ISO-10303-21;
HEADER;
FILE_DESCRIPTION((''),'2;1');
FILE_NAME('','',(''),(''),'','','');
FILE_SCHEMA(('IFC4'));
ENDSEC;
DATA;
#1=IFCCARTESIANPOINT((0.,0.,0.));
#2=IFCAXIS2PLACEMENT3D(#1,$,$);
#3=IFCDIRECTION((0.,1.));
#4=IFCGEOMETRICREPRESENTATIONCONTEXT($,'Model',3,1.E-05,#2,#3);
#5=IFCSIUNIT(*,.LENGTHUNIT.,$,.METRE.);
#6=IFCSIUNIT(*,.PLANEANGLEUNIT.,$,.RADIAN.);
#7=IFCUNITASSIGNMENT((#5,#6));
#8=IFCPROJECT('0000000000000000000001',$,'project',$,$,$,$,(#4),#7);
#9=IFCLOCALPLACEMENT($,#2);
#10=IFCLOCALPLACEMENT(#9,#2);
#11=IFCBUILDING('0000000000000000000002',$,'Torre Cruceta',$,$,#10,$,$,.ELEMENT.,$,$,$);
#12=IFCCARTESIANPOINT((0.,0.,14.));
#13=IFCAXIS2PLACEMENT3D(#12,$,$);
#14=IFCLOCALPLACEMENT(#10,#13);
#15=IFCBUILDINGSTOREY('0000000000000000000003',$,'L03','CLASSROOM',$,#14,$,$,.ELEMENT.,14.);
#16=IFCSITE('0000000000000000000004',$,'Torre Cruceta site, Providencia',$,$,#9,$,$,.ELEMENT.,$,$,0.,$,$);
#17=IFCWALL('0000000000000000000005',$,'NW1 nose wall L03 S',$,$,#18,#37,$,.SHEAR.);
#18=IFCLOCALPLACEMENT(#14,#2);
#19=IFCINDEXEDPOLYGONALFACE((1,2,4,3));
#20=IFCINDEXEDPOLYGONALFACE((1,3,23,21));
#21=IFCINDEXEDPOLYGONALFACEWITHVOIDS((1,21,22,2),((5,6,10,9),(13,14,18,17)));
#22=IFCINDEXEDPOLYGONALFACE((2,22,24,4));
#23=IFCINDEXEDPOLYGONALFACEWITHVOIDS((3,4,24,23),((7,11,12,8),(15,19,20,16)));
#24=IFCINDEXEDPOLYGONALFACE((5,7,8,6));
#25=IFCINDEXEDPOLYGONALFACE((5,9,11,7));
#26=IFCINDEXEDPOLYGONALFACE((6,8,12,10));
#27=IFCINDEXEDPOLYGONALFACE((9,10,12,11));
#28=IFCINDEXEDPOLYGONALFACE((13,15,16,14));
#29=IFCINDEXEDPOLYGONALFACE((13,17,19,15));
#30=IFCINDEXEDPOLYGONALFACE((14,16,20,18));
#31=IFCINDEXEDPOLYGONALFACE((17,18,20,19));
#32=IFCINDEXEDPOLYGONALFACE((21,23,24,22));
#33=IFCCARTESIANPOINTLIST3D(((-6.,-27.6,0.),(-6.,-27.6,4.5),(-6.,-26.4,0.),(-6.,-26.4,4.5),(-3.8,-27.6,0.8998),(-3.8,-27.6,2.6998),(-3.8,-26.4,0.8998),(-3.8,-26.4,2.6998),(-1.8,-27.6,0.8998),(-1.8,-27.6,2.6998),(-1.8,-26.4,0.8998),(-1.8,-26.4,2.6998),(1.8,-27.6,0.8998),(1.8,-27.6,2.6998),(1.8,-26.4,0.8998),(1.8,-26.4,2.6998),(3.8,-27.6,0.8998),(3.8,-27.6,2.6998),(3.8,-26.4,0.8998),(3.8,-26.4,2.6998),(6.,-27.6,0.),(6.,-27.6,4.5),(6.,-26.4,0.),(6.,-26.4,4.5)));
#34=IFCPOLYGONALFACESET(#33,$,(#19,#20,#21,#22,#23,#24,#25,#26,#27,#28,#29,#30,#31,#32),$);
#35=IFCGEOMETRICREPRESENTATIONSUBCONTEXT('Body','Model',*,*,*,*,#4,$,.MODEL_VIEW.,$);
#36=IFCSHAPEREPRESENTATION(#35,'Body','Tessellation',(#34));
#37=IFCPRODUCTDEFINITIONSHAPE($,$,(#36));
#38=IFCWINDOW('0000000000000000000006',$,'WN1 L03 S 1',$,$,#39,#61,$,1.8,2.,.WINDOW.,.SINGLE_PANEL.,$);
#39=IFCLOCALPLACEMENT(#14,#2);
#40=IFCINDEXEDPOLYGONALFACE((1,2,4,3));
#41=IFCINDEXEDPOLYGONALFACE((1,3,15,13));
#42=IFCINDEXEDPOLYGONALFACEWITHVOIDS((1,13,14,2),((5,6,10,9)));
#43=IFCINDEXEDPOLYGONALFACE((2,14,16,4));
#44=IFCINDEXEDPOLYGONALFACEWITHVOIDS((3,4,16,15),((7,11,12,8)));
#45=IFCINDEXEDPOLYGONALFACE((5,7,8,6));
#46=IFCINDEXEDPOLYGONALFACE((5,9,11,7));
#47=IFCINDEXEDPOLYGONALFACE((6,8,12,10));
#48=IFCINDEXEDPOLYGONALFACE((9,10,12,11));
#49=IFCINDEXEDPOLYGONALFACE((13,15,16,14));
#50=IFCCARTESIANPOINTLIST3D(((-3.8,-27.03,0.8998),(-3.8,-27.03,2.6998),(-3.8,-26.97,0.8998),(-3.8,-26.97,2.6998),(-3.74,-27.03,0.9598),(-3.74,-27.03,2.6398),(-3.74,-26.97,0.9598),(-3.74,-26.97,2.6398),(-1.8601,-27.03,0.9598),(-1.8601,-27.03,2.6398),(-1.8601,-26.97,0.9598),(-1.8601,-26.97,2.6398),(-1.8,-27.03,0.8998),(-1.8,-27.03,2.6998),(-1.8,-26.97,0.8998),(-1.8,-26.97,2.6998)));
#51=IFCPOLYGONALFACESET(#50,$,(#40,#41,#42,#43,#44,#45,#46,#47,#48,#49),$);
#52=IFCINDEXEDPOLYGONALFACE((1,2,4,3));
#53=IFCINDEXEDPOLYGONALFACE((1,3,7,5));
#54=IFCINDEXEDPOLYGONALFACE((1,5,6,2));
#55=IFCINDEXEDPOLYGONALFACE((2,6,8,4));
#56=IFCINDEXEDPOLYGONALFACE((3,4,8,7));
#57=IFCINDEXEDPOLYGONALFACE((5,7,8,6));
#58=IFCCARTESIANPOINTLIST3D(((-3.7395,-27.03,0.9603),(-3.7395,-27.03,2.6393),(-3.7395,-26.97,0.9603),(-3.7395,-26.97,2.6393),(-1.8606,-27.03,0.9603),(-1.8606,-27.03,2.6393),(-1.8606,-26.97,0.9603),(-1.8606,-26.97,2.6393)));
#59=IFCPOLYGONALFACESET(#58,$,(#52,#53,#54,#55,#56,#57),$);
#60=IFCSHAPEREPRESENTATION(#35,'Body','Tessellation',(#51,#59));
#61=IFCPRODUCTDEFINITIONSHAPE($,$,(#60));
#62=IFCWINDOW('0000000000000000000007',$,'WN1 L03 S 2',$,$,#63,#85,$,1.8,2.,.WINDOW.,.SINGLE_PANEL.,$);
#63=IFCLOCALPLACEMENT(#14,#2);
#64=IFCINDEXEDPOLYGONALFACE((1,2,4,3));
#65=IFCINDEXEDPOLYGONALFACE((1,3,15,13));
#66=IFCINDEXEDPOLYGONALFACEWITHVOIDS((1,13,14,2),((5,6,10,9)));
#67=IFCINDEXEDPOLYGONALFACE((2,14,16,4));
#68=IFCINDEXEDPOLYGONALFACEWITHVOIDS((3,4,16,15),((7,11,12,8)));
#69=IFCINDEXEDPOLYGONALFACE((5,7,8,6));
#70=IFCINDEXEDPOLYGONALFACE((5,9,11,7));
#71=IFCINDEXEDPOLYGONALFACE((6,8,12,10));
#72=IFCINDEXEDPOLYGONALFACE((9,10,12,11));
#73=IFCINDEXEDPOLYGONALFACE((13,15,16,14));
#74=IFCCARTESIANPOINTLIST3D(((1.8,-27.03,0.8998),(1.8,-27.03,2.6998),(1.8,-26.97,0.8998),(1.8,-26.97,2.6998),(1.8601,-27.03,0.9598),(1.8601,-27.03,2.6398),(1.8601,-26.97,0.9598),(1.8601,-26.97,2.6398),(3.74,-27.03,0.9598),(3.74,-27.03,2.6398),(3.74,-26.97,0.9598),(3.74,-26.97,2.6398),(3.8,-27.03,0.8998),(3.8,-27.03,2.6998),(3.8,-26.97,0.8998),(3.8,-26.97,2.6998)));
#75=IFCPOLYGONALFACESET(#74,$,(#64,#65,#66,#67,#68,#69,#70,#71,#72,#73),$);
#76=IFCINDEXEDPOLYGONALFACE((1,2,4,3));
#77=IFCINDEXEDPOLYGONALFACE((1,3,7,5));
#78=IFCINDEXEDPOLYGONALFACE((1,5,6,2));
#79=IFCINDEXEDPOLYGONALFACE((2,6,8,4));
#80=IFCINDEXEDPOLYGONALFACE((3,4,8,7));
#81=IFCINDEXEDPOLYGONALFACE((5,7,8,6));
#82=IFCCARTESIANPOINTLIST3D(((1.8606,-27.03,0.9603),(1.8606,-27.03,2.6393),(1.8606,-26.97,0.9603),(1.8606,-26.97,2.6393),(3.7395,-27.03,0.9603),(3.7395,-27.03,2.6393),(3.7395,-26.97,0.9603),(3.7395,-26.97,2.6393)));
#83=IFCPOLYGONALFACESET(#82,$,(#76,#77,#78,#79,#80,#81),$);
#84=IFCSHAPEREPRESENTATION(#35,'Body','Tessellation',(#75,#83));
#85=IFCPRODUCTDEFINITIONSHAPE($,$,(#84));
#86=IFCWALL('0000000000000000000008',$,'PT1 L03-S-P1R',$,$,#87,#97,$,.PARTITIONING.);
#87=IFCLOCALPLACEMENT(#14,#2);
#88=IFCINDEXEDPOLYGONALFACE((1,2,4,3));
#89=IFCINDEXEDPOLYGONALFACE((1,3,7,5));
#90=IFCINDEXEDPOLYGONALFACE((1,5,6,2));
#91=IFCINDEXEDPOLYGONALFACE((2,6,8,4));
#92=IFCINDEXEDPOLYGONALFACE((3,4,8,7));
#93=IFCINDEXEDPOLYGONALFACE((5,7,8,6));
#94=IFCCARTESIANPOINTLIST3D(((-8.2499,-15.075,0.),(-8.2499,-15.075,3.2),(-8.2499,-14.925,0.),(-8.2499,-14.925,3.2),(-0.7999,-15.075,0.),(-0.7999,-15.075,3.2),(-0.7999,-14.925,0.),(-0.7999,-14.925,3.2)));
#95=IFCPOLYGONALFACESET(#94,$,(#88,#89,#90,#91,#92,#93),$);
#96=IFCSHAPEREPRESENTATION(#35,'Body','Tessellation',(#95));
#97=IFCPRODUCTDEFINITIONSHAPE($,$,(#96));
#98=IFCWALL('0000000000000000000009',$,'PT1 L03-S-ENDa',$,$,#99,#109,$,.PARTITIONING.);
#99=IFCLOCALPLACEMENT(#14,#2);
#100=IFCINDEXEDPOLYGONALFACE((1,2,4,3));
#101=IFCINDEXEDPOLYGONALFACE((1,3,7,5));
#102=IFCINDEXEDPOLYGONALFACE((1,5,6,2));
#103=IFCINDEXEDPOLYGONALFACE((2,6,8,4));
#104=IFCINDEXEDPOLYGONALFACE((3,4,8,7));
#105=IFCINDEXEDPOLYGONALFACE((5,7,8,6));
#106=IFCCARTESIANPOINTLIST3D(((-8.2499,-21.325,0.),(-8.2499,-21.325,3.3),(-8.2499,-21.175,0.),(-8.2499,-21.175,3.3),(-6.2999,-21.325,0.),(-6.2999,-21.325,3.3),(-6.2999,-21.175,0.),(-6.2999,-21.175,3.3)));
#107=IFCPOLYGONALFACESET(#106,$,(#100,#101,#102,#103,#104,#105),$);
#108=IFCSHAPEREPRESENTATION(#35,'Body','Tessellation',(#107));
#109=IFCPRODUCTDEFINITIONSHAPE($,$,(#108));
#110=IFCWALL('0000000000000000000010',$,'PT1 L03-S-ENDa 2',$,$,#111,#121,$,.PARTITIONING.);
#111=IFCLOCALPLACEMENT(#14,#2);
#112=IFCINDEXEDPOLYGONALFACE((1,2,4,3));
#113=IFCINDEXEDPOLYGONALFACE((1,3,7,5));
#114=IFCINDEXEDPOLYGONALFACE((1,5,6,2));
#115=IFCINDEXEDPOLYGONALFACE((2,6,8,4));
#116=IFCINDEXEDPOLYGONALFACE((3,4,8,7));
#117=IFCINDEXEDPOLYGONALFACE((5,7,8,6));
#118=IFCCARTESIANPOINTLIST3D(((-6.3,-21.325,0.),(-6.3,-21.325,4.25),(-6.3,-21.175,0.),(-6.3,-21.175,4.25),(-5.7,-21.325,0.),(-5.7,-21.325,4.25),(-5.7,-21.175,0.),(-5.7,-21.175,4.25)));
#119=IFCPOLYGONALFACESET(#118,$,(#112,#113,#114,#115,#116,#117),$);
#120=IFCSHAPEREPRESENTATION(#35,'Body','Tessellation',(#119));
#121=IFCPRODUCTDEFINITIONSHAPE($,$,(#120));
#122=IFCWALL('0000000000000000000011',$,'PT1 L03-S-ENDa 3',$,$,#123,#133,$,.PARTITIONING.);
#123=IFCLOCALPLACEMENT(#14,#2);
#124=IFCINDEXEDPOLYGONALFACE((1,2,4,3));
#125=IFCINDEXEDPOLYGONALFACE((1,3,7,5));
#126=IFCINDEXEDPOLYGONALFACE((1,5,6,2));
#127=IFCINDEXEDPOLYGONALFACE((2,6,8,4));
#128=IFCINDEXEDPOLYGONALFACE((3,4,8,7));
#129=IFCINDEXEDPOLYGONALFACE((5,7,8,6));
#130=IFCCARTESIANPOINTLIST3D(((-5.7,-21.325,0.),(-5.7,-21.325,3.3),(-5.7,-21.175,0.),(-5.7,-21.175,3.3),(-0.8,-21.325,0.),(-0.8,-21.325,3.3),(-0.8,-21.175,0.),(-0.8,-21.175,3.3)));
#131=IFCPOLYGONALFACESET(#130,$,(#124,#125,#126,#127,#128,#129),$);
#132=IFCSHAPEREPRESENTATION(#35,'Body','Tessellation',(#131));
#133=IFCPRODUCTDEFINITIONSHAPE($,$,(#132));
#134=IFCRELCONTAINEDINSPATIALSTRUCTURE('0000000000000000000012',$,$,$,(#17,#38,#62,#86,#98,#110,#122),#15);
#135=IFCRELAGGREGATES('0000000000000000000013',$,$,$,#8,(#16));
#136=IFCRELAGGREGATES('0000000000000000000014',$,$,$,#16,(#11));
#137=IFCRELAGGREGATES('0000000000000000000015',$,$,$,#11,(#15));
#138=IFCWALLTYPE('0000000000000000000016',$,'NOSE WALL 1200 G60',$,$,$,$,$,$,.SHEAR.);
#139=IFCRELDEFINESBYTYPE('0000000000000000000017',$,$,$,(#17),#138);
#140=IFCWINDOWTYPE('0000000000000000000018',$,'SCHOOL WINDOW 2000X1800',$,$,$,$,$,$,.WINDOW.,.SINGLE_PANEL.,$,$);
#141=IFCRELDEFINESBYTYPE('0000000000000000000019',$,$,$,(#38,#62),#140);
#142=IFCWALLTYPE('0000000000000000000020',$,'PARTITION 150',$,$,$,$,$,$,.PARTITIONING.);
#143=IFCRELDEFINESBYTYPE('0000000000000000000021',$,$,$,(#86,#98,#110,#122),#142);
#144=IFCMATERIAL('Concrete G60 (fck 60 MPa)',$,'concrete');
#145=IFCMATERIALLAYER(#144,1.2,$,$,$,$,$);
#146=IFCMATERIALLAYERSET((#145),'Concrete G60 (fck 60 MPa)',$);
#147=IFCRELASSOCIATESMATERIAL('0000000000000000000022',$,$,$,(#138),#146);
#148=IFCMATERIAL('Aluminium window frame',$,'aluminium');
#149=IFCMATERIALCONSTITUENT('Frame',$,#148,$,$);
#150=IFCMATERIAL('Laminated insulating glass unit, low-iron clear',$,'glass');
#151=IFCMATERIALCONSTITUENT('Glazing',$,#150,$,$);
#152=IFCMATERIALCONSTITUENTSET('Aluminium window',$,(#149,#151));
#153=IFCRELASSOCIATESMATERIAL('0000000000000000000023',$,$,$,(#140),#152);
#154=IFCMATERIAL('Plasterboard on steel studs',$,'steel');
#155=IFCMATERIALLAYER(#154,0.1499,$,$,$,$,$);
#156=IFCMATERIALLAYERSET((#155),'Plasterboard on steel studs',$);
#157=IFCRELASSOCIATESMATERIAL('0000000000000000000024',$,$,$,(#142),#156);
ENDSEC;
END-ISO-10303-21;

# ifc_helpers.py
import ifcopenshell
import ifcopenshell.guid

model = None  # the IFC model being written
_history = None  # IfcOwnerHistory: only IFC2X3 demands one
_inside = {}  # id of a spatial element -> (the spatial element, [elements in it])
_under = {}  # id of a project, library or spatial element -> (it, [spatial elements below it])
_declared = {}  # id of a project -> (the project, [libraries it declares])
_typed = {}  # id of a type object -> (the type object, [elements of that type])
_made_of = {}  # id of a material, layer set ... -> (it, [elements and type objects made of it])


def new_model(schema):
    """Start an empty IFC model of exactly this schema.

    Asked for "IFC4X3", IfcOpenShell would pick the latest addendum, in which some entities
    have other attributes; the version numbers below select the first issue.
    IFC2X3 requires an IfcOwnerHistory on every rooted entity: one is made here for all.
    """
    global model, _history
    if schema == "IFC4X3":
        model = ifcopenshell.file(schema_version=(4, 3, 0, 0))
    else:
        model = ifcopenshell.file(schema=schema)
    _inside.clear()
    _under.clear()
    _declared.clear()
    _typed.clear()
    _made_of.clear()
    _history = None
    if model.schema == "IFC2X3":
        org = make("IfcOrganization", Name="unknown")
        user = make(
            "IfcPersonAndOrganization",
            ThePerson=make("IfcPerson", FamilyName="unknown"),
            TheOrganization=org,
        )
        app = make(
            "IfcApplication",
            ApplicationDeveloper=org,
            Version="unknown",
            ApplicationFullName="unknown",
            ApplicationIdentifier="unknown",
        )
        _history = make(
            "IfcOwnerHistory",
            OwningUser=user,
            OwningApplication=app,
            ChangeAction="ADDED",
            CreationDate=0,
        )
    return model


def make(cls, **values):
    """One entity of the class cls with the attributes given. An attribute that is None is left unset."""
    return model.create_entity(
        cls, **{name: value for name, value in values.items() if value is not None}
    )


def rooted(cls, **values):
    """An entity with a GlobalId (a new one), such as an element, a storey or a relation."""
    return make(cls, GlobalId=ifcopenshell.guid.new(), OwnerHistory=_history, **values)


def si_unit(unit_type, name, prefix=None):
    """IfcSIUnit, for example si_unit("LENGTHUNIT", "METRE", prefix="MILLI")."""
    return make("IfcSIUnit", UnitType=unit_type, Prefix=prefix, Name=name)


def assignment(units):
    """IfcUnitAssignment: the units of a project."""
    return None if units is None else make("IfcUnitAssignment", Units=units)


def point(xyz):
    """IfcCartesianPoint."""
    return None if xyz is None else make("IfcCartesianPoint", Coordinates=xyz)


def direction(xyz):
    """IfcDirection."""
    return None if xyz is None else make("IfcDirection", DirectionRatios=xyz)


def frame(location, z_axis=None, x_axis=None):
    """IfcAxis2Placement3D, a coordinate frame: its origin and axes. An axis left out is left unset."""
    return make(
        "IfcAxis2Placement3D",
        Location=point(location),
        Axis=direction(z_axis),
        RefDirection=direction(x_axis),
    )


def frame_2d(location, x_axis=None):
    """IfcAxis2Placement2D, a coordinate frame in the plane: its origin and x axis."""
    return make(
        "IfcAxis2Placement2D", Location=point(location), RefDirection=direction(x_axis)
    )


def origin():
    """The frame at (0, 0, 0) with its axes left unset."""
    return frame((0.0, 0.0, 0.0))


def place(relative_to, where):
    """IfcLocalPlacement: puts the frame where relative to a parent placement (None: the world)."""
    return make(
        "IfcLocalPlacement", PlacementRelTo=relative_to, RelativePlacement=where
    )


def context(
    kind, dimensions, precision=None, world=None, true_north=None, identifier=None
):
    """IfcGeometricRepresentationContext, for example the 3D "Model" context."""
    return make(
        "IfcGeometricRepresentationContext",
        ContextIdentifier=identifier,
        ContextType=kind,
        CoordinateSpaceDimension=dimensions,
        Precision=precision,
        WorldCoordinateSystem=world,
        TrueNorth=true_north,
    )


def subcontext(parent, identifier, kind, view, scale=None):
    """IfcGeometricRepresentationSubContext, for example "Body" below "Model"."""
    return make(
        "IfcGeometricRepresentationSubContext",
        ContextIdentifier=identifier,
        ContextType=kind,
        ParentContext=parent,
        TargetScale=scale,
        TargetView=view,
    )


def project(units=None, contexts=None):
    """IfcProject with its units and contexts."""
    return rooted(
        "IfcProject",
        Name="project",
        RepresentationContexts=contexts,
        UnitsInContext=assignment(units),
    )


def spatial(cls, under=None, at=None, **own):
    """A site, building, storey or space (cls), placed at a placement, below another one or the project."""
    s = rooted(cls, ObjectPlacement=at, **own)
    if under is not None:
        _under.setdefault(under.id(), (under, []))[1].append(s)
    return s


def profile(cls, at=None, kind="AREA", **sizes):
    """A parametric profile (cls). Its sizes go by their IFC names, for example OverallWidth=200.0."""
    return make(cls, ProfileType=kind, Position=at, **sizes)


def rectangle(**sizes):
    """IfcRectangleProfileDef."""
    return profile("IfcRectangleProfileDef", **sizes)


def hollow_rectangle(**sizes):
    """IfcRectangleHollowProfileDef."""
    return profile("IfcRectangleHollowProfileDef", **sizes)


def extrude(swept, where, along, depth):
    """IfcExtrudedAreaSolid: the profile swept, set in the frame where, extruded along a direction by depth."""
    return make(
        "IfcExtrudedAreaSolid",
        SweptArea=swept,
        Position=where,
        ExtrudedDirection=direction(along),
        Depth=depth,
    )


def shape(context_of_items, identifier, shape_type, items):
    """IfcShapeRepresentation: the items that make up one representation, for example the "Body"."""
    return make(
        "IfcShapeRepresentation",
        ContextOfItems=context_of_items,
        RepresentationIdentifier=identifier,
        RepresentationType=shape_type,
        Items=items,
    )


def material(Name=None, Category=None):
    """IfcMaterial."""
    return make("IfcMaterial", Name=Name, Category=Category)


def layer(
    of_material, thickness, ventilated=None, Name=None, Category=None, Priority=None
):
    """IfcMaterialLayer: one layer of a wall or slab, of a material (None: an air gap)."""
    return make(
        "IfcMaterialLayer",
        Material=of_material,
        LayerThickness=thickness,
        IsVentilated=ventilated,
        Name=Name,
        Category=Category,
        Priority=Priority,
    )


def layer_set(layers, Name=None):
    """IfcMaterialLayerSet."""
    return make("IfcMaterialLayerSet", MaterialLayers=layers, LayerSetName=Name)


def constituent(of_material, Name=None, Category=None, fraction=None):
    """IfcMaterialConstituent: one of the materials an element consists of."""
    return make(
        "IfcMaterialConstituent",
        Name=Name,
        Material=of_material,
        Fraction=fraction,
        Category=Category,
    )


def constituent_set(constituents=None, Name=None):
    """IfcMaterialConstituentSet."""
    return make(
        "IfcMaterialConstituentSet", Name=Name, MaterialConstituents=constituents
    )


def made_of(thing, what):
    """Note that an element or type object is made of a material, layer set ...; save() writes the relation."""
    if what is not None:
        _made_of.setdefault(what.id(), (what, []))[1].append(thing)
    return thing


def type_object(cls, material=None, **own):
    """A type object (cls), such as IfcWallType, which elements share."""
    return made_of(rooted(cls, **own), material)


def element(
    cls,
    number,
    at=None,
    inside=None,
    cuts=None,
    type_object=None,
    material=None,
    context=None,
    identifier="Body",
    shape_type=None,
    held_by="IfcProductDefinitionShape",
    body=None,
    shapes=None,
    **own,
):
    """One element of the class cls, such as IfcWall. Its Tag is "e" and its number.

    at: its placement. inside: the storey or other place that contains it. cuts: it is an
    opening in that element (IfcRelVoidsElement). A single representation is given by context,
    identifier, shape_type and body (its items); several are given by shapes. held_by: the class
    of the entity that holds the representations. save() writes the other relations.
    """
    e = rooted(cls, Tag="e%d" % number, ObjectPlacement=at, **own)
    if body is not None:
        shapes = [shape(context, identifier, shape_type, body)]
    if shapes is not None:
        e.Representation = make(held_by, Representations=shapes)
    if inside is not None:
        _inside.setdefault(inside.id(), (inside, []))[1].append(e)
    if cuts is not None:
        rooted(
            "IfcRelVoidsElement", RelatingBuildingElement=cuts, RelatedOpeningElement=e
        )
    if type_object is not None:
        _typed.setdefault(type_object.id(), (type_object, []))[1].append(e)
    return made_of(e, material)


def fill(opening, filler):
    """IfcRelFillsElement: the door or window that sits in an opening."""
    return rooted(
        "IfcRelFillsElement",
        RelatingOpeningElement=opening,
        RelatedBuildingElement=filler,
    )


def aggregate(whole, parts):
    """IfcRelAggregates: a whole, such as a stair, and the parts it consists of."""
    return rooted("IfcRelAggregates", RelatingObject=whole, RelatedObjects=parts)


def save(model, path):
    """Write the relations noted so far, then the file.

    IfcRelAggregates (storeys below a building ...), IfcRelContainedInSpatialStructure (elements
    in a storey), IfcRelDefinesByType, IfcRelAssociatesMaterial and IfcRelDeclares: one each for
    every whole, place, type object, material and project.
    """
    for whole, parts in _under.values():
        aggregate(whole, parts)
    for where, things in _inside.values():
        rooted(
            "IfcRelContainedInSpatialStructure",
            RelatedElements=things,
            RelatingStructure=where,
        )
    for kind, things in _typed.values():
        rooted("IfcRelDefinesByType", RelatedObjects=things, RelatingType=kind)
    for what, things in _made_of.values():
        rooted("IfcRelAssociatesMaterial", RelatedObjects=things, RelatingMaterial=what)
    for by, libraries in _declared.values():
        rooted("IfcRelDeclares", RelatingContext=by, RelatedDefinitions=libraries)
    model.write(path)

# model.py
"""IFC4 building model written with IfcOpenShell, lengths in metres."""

from ifc_helpers import new_model, si_unit, direction, frame, frame_2d, origin, place, context, subcontext, project, spatial, rectangle, hollow_rectangle, extrude, material, layer, layer_set, constituent, constituent_set, type_object, element, fill, save


model = new_model("IFC4")

# Units and contexts
model_context = context("Model", 3, precision=1e-05, world=origin(), true_north=direction((0.0, 1.0)))
body_context = subcontext(model_context, "Body", "Model", "MODEL_VIEW")
ifc_project = project(units=[si_unit("LENGTHUNIT", "METRE"), si_unit("PLANEANGLEUNIT", "RADIAN")], contexts=[model_context])

# Site, building, storey
site_placement = place(None, origin())
site = spatial("IfcSite", under=ifc_project, at=site_placement, Name="Torre Cruceta site, Providencia", CompositionType="ELEMENT", RefElevation=0.0)
building_placement = place(site_placement, origin())
building = spatial("IfcBuilding", under=site, at=building_placement, Name="Torre Cruceta", CompositionType="ELEMENT")
storey_placement = place(building_placement, frame((0.0, 0.0, 14.0)))
storey = spatial("IfcBuildingStorey", under=building, at=storey_placement, Name="L03", Description="CLASSROOM", CompositionType="ELEMENT", Elevation=14.0)

# Wall, openings, windows
ifc_material_1 = material(Name="Concrete G60 (fck 60 MPa)", Category="concrete")
ifc_layer_1 = layer(ifc_material_1, 1.2)
ifc_layer_set_1 = layer_set([ifc_layer_1], Name="Concrete G60 (fck 60 MPa)")
wall_type_1 = type_object("IfcWallType", Name="NOSE WALL 1200 G60", PredefinedType="SHEAR", material=ifc_layer_set_1)
wall_1_placement = place(storey_placement, frame((-6.0, -27.0, 0.0), z_axis=(0.0, 0.0, 1.0), x_axis=(1.0, 0.0, 0.0)))
wall_1 = element("IfcWall", 1, at=wall_1_placement, inside=storey, type_object=wall_type_1, Name="NW1 nose wall L03 S", PredefinedType="SHEAR", context=body_context, shape_type="SweptSolid", body=[
    extrude(rectangle(XDim=12.0, YDim=1.2, at=frame_2d((6.0, 0.0))), origin(), (0.0, 0.0, 1.0), 4.5),
])
opening_1_placement = place(wall_1_placement, frame((2.2, 0.0, 0.8999)))
opening_1 = element("IfcOpeningElement", 2, at=opening_1_placement, cuts=wall_1, PredefinedType="OPENING", context=body_context, shape_type="SweptSolid", body=[
    extrude(rectangle(XDim=2.0, YDim=1.8, at=frame_2d((1.0, 0.8999))), frame((0.0, 0.6099, 0.0), z_axis=(0.0, -1.0, 0.0), x_axis=(1.0, 0.0, 0.0)), (0.0, 0.0, 1.0), 1.22),
])
opening_2_placement = place(wall_1_placement, frame((7.8, 0.0, 0.8999)))
opening_2 = element("IfcOpeningElement", 3, at=opening_2_placement, cuts=wall_1, PredefinedType="OPENING", context=body_context, shape_type="SweptSolid", body=[
    extrude(rectangle(XDim=2.0, YDim=1.8, at=frame_2d((1.0, 0.8999))), frame((0.0, 0.6099, 0.0), z_axis=(0.0, -1.0, 0.0), x_axis=(1.0, 0.0, 0.0)), (0.0, 0.0, 1.0), 1.22),
])
ifc_material_2 = material(Name="Aluminium window frame", Category="aluminium")
ifc_constituent_1 = constituent(ifc_material_2, Name="Frame")
ifc_material_3 = material(Name="Laminated insulating glass unit, low-iron clear", Category="glass")
ifc_constituent_2 = constituent(ifc_material_3, Name="Glazing")
ifc_constituent_set = constituent_set(constituents=[ifc_constituent_1, ifc_constituent_2], Name="Aluminium window")
window_type = type_object("IfcWindowType", Name="SCHOOL WINDOW 2000X1800", PartitioningType="SINGLE_PANEL", PredefinedType="WINDOW", material=ifc_constituent_set)
window_1_placement = place(opening_1_placement, origin())
window_1 = element("IfcWindow", 4, at=window_1_placement, inside=storey, type_object=window_type, Name="WN1 L03 S 1", OverallHeight=1.8, OverallWidth=2.0, PartitioningType="SINGLE_PANEL", PredefinedType="WINDOW", context=body_context, shape_type="SweptSolid", body=[
    extrude(hollow_rectangle(XDim=2.0, YDim=1.8, WallThickness=0.0601, at=frame_2d((1.0, 0.8999))), frame((0.0, 0.03, 0.0), z_axis=(0.0, -1.0, 0.0), x_axis=(1.0, 0.0, 0.0)), (0.0, 0.0, 1.0), 0.0601),
    extrude(rectangle(XDim=1.8789, YDim=1.679, at=frame_2d((1.0, 0.8999))), frame((0.0, 0.03, 0.0), z_axis=(0.0, -1.0, 0.0), x_axis=(1.0, 0.0, 0.0)), (0.0, 0.0, 1.0), 0.0601),
])
fill(opening_1, window_1)
window_2_placement = place(opening_2_placement, origin())
window_2 = element("IfcWindow", 5, at=window_2_placement, inside=storey, type_object=window_type, Name="WN1 L03 S 2", OverallHeight=1.8, OverallWidth=2.0, PartitioningType="SINGLE_PANEL", PredefinedType="WINDOW", context=body_context, shape_type="SweptSolid", body=[
    extrude(hollow_rectangle(XDim=2.0, YDim=1.8, WallThickness=0.0601, at=frame_2d((1.0, 0.8999))), frame((0.0, 0.03, 0.0), z_axis=(0.0, -1.0, 0.0), x_axis=(1.0, 0.0, 0.0)), (0.0, 0.0, 1.0), 0.0601),
    extrude(rectangle(XDim=1.8789, YDim=1.679, at=frame_2d((1.0, 0.8999))), frame((0.0, 0.03, 0.0), z_axis=(0.0, -1.0, 0.0), x_axis=(1.0, 0.0, 0.0)), (0.0, 0.0, 1.0), 0.0601),
])
fill(opening_2, window_2)

# Walls
ifc_material_4 = material(Name="Plasterboard on steel studs", Category="steel")
ifc_layer_2 = layer(ifc_material_4, 0.1499)
ifc_layer_set_2 = layer_set([ifc_layer_2], Name="Plasterboard on steel studs")
wall_type_2 = type_object("IfcWallType", Name="PARTITION 150", PredefinedType="PARTITIONING", material=ifc_layer_set_2)
wall_2_placement = place(storey_placement, frame((-8.25, -15.0, 0.0), z_axis=(0.0, 0.0, 1.0), x_axis=(1.0, 0.0, 0.0)))
element("IfcWall", 6, at=wall_2_placement, inside=storey, type_object=wall_type_2, Name="PT1 L03-S-P1R", PredefinedType="PARTITIONING", context=body_context, shape_type="SweptSolid", body=[
    extrude(rectangle(XDim=7.45, YDim=0.1499, at=frame_2d((3.7251, 0.0))), origin(), (0.0, 0.0, 1.0), 3.2),
])
wall_3_placement = place(storey_placement, frame((-8.25, -21.25, 0.0), z_axis=(0.0, 0.0, 1.0), x_axis=(1.0, 0.0, 0.0)))
element("IfcWall", 7, at=wall_3_placement, inside=storey, type_object=wall_type_2, Name="PT1 L03-S-ENDa", PredefinedType="PARTITIONING", context=body_context, shape_type="SweptSolid", body=[
    extrude(rectangle(XDim=1.95, YDim=0.1499, at=frame_2d((0.9751, 0.0))), origin(), (0.0, 0.0, 1.0), 3.3),
])
wall_4_placement = place(storey_placement, frame((-6.3, -21.25, 0.0), z_axis=(0.0, 0.0, 1.0), x_axis=(1.0, 0.0, 0.0)))
element("IfcWall", 8, at=wall_4_placement, inside=storey, type_object=wall_type_2, Name="PT1 L03-S-ENDa 2", PredefinedType="PARTITIONING", context=body_context, shape_type="SweptSolid", body=[
    extrude(rectangle(XDim=0.6001, YDim=0.1499, at=frame_2d((0.3, 0.0))), origin(), (0.0, 0.0, 1.0), 4.25),
])
wall_5_placement = place(storey_placement, frame((-5.7, -21.25, 0.0), z_axis=(0.0, 0.0, 1.0), x_axis=(1.0, 0.0, 0.0)))
element("IfcWall", 9, at=wall_5_placement, inside=storey, type_object=wall_type_2, Name="PT1 L03-S-ENDa 3", PredefinedType="PARTITIONING", context=body_context, shape_type="SweptSolid", body=[
    extrude(rectangle(XDim=4.8999, YDim=0.1499, at=frame_2d((2.45, 0.0))), origin(), (0.0, 0.0, 1.0), 3.3),
])

save(model, "model.ifc")
